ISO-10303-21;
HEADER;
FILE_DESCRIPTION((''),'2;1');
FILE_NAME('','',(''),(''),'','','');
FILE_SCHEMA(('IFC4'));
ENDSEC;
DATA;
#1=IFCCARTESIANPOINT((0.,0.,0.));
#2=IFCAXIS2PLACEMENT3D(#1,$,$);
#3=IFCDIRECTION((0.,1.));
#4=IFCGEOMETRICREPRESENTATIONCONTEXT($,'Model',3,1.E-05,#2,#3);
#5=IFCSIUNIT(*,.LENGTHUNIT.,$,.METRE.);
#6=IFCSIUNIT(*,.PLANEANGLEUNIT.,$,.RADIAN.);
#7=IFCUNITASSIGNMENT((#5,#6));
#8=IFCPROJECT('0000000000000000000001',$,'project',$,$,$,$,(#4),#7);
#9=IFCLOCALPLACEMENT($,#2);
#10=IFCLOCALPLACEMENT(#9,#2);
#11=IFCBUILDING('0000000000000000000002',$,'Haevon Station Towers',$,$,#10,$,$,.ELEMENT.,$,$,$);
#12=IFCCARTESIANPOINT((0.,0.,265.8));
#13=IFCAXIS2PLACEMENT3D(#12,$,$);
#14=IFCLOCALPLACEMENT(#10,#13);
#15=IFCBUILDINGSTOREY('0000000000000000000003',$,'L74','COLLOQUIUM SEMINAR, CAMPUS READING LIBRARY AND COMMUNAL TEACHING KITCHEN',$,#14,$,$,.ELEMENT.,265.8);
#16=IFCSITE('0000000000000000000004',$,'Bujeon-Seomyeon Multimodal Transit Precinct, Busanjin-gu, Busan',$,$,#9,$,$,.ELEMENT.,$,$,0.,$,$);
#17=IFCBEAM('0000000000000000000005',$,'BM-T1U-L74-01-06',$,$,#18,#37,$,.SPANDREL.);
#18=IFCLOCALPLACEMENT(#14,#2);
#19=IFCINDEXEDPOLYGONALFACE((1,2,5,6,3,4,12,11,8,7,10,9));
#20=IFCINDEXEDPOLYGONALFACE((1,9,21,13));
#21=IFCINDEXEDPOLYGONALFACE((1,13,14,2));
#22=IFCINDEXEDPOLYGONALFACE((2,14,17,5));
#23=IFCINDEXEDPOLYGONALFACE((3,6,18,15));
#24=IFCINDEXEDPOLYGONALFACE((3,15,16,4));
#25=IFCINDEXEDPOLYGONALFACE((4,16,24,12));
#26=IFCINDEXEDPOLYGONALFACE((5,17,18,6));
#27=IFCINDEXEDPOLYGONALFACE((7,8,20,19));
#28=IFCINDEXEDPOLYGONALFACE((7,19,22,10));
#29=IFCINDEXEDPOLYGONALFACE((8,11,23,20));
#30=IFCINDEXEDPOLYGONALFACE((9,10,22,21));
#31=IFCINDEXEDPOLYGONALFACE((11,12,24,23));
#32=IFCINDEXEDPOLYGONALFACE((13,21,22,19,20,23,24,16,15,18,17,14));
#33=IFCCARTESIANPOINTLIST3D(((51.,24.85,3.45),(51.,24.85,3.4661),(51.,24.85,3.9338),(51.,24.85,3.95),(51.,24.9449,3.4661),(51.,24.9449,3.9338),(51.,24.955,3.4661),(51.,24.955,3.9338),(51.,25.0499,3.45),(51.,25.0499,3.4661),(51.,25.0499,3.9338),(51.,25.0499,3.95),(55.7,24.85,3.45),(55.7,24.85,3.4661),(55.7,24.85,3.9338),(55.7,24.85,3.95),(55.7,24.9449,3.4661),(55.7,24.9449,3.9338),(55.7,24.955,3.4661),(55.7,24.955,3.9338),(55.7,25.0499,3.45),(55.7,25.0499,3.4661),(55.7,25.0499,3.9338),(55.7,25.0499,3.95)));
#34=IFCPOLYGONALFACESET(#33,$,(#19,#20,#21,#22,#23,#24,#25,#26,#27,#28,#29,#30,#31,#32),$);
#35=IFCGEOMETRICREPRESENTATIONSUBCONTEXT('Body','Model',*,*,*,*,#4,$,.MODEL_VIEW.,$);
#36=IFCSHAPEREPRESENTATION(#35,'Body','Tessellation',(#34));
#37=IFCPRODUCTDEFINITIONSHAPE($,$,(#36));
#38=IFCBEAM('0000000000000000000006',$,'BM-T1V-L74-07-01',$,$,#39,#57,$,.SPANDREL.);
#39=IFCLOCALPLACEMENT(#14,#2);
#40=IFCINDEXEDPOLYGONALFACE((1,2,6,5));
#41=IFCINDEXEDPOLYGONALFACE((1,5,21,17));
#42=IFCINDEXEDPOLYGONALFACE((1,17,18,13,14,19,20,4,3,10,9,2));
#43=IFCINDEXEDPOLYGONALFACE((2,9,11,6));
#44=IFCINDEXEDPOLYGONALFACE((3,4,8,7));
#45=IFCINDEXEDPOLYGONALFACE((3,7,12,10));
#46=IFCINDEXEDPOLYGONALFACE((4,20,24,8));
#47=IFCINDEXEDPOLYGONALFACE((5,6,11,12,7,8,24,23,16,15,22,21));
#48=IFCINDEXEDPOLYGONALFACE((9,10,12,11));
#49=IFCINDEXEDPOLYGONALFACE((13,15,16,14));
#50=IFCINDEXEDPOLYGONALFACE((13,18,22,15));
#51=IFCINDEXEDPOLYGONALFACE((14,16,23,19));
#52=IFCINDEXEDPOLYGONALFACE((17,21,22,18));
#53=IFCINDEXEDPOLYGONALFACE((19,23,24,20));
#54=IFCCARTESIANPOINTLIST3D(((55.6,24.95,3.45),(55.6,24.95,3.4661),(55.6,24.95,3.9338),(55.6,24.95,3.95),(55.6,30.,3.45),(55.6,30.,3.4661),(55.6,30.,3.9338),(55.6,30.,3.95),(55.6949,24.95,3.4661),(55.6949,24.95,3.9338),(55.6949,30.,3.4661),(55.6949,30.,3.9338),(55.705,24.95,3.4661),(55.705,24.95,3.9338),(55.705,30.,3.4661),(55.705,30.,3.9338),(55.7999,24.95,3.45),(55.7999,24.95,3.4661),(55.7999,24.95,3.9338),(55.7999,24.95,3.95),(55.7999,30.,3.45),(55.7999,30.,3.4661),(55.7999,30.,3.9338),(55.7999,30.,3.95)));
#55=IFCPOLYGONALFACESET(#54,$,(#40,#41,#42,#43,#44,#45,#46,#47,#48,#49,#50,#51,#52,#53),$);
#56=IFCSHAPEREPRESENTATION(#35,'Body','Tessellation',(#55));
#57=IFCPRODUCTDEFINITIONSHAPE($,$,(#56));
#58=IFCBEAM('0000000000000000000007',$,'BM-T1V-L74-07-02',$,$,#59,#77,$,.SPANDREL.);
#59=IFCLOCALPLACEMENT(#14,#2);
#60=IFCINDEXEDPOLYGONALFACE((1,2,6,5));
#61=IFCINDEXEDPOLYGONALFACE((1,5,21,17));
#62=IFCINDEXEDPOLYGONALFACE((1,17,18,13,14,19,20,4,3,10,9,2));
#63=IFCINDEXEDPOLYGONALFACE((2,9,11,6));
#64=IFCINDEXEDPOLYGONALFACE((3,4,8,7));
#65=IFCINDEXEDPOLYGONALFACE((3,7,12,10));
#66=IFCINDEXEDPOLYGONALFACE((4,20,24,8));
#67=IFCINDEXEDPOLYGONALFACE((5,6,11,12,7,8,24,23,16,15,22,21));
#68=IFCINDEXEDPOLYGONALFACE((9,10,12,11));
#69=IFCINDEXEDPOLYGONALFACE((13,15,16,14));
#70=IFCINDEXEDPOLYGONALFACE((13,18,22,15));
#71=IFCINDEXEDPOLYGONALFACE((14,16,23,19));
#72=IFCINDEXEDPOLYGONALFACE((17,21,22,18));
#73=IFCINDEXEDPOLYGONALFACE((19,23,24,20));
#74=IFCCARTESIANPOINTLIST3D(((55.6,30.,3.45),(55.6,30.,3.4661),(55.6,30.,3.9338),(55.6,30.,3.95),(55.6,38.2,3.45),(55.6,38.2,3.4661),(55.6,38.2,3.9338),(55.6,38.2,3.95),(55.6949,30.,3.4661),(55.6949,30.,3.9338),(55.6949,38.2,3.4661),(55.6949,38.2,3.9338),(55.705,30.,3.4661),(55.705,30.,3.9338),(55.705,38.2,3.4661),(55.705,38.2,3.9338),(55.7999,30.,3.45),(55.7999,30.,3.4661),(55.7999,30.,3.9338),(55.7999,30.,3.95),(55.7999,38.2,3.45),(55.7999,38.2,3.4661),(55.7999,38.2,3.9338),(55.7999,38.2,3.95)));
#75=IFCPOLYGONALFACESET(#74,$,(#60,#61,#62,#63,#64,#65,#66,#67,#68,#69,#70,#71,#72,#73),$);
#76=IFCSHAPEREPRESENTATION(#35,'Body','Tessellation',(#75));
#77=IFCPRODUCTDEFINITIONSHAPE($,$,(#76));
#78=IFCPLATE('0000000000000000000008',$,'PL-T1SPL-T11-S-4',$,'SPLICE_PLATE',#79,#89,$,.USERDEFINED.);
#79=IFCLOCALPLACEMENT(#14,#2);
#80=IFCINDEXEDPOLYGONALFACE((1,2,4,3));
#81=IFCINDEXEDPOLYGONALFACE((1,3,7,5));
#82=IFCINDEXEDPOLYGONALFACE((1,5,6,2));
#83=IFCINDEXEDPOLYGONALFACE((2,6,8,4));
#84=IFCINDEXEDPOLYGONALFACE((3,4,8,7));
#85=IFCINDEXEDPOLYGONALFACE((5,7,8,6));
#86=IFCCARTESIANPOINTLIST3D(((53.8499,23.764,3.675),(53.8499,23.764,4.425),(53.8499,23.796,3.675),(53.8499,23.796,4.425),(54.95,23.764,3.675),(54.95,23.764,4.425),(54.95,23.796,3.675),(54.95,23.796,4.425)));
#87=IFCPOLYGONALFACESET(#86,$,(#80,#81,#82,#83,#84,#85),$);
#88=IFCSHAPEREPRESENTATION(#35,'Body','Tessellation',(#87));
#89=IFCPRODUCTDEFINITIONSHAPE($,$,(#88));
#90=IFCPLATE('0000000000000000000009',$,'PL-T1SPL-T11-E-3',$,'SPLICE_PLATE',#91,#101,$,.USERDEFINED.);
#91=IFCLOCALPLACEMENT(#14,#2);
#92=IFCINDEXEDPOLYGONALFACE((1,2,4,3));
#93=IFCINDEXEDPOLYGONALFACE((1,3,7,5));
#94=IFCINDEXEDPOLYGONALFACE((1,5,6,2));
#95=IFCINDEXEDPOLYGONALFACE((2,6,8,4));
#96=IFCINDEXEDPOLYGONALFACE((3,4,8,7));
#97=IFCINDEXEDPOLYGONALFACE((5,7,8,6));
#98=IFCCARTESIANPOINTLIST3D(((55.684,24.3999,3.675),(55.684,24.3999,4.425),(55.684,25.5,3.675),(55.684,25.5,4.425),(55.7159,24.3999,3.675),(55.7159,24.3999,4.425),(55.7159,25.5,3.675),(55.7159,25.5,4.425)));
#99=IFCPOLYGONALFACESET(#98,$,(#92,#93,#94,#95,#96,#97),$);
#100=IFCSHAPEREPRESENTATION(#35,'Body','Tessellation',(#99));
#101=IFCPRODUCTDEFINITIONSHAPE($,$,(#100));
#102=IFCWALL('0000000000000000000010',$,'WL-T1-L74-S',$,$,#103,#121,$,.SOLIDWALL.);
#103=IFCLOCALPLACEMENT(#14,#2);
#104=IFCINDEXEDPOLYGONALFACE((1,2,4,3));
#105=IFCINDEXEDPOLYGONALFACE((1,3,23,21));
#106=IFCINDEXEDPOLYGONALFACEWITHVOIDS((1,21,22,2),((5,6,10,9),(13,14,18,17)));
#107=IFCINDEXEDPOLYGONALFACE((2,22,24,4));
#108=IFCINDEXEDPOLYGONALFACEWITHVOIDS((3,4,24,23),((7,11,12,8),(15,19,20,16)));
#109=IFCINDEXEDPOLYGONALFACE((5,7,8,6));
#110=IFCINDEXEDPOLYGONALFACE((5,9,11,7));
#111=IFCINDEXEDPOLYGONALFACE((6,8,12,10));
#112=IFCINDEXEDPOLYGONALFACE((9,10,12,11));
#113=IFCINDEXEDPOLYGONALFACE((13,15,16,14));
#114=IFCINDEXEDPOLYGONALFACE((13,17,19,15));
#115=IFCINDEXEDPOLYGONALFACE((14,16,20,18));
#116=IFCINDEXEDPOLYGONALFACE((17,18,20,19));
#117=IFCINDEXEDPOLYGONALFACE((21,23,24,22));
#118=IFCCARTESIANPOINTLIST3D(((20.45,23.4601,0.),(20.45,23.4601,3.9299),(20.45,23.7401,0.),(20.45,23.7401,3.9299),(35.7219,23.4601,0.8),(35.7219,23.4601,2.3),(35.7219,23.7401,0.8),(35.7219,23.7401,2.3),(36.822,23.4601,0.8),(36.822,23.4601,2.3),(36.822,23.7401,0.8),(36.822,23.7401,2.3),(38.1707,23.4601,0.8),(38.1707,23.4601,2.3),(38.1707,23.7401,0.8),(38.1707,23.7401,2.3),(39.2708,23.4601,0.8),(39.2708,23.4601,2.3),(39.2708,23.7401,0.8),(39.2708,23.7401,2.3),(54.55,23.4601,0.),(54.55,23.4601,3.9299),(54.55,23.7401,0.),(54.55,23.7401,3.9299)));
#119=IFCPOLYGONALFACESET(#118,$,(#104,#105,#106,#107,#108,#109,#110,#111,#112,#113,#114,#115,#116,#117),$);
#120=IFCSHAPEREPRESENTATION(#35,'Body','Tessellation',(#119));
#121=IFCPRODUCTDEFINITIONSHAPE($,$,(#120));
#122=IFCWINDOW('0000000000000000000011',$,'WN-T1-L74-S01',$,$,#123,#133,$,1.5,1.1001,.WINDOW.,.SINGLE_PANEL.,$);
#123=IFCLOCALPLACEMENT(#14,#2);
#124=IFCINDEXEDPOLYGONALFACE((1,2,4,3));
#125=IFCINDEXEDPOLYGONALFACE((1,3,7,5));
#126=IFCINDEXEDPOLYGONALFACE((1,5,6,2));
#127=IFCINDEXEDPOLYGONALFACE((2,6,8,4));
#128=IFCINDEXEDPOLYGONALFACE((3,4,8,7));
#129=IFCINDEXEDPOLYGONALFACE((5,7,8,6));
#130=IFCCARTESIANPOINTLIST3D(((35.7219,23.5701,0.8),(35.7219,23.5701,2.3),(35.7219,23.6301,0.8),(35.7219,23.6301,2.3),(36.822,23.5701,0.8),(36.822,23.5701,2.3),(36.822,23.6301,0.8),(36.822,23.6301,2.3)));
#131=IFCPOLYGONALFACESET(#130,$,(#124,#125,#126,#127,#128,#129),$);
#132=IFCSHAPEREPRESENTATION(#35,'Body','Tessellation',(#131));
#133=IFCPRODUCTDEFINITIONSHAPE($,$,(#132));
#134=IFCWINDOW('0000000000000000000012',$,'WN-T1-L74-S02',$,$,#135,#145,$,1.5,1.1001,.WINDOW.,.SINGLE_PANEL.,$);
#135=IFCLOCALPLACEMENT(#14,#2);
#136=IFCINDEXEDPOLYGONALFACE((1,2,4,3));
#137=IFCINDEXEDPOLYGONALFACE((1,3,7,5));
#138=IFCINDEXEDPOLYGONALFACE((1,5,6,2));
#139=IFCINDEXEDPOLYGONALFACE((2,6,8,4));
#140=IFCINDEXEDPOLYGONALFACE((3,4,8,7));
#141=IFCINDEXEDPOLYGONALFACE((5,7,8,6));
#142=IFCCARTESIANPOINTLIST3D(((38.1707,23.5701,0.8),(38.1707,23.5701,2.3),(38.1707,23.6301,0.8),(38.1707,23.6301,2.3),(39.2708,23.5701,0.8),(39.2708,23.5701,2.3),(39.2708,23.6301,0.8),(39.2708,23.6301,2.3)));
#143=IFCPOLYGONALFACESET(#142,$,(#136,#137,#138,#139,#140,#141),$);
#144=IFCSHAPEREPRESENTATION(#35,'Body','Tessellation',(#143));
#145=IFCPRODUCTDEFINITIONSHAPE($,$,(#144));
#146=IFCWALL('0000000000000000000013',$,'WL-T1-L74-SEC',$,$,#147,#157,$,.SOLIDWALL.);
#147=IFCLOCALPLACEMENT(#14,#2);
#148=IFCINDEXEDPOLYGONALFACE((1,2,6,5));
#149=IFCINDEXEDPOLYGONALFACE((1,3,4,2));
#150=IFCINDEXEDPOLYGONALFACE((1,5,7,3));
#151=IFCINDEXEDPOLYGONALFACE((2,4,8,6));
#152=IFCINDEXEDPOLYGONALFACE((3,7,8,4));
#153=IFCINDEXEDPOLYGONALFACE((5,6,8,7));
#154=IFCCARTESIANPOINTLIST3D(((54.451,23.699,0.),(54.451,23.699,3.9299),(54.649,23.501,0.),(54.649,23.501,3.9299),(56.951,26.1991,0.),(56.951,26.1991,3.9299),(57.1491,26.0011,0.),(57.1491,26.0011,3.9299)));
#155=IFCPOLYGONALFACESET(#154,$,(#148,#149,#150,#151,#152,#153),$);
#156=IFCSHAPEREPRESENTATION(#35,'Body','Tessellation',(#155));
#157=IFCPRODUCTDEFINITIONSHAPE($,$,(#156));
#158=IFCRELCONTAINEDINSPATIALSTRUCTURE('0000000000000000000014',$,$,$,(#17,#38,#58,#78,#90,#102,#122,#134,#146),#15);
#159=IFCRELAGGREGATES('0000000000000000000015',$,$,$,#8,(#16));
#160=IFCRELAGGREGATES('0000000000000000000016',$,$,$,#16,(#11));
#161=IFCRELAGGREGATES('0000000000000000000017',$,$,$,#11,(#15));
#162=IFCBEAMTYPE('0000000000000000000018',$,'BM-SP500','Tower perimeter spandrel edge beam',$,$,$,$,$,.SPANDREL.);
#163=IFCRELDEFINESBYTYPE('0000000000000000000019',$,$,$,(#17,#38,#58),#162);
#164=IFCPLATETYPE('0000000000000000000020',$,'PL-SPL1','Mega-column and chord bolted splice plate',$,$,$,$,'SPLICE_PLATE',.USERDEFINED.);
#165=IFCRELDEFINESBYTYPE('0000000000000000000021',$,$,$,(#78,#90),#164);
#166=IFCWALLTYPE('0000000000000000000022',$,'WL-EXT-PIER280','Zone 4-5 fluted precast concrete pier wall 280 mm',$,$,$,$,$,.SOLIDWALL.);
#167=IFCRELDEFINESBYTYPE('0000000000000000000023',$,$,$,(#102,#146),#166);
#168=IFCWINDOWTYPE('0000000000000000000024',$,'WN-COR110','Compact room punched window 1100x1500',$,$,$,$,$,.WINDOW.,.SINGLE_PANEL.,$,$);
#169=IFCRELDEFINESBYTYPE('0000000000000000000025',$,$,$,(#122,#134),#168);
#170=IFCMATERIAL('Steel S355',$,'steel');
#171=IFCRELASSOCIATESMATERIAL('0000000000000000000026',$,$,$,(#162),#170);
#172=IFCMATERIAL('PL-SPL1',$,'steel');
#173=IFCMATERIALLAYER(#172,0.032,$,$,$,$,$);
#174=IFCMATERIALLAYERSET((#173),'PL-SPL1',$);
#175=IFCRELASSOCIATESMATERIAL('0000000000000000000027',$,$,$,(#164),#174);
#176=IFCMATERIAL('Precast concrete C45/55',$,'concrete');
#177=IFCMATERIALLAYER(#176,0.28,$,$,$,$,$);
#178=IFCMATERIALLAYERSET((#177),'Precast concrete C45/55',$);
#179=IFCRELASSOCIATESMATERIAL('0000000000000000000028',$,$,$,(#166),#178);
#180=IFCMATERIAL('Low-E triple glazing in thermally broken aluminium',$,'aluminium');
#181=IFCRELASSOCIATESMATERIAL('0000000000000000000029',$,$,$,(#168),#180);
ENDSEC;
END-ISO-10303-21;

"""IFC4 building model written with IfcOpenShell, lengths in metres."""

from ifc_helpers import new_model, si_unit, direction, frame, frame_2d, origin, origin_2d, place, context, subcontext, project, spatial, rectangle, i_section, extrude, material, layer, layer_set, material_profile, profile_set, type_object, element, fill, save


model = new_model("IFC4")

# Units and contexts
model_context = context("Model", 3, precision=1e-05, world=origin(), true_north=direction((0.0, 1.0)))
body_context = subcontext(model_context, "Body", "Model", "MODEL_VIEW")
ifc_project = project(units=[si_unit("LENGTHUNIT", "METRE"), si_unit("PLANEANGLEUNIT", "RADIAN")], contexts=[model_context])

# Site, building, storey
site_placement = place(None, origin())
site = spatial("IfcSite", under=ifc_project, at=site_placement, Name="Bujeon-Seomyeon Multimodal Transit Precinct, Busanjin-gu, Busan", CompositionType="ELEMENT", RefElevation=0.0)
building_placement = place(site_placement, origin())
building = spatial("IfcBuilding", under=site, at=building_placement, Name="Haevon Station Towers", CompositionType="ELEMENT")
storey_placement = place(building_placement, frame((0.0, 0.0, 265.8)))
storey = spatial("IfcBuildingStorey", under=building, at=storey_placement, Name="L74", Description="COLLOQUIUM SEMINAR, CAMPUS READING LIBRARY AND COMMUNAL TEACHING KITCHEN", CompositionType="ELEMENT", Elevation=265.8)

# Shared definitions
ifc_material_1 = material(Name="Steel S355", Category="steel")

# Beams
ifc_material_profile_1 = material_profile(ifc_material_1, i_section(OverallWidth=0.2, OverallDepth=0.5, WebThickness=0.01, FlangeThickness=0.0161, at=origin_2d()), Name="H-500x200x10x16")
ifc_profile_set_1 = profile_set([ifc_material_profile_1], Name="Steel S355")
beam_type_1 = type_object("IfcBeamType", Name="BM-SP500", Description="Tower perimeter spandrel edge beam", PredefinedType="SPANDREL", material=ifc_profile_set_1)
beam_1_placement = place(storey_placement, frame((51.0, 24.95, 3.7), z_axis=(1.0, 0.0, 0.0), x_axis=(0.0, 1.0, 0.0)))
element("IfcBeam", 1, at=beam_1_placement, inside=storey, type_object=beam_type_1, Name="BM-T1U-L74-01-06", PredefinedType="SPANDREL", context=body_context, shape_type="SweptSolid", body=[
    extrude(i_section(OverallWidth=0.2, OverallDepth=0.5, WebThickness=0.01, FlangeThickness=0.0161, at=origin_2d()), origin(), (0.0, 0.0, 1.0), 4.7),
])
beam_2_placement = place(storey_placement, frame((55.7, 24.95, 3.7), z_axis=(0.0, 1.0, 0.0), x_axis=(-1.0, 0.0, 0.0)))
element("IfcBeam", 2, at=beam_2_placement, inside=storey, type_object=beam_type_1, Name="BM-T1V-L74-07-01", PredefinedType="SPANDREL", context=body_context, shape_type="SweptSolid", body=[
    extrude(i_section(OverallWidth=0.2, OverallDepth=0.5, WebThickness=0.01, FlangeThickness=0.0161, at=origin_2d()), origin(), (0.0, 0.0, 1.0), 5.05),
])
beam_3_placement = place(storey_placement, frame((55.7, 30.0, 3.7), z_axis=(0.0, 1.0, 0.0), x_axis=(-1.0, 0.0, 0.0)))
element("IfcBeam", 3, at=beam_3_placement, inside=storey, type_object=beam_type_1, Name="BM-T1V-L74-07-02", PredefinedType="SPANDREL", context=body_context, shape_type="SweptSolid", body=[
    extrude(i_section(OverallWidth=0.2, OverallDepth=0.5, WebThickness=0.01, FlangeThickness=0.0161, at=origin_2d()), origin(), (0.0, 0.0, 1.0), 8.2),
])

# Plates
ifc_material_2 = material(Name="PL-SPL1", Category="steel")
ifc_layer_1 = layer(ifc_material_2, 0.032)
ifc_layer_set_1 = layer_set([ifc_layer_1], Name="PL-SPL1")
plate_type = type_object("IfcPlateType", Name="PL-SPL1", Description="Mega-column and chord bolted splice plate", ElementType="SPLICE_PLATE", PredefinedType="USERDEFINED", material=ifc_layer_set_1)
for number, where, z_axis, x_axis, name in (
    (4, (54.3999, 23.78, 3.675), (0.0, 0.0, 1.0), (1.0, 0.0, 0.0), "PL-T1SPL-T11-S-4"),
    (5, (55.7, 24.95, 3.675), (0.0, 0.0, 1.0), (0.0, 1.0, 0.0), "PL-T1SPL-T11-E-3"),
):
    element("IfcPlate", number, at=place(storey_placement, frame(where, z_axis=z_axis, x_axis=x_axis)), inside=storey, type_object=plate_type, Name=name, ObjectType="SPLICE_PLATE", PredefinedType="USERDEFINED", context=body_context, shape_type="SweptSolid", body=[
        extrude(rectangle(XDim=1.1001, YDim=0.032, at=origin_2d()), origin(), (0.0, 0.0, 1.0), 0.75),
    ])

# Wall, openings, windows
ifc_material_3 = material(Name="Precast concrete C45/55", Category="concrete")
ifc_layer_2 = layer(ifc_material_3, 0.28)
ifc_layer_set_2 = layer_set([ifc_layer_2], Name="Precast concrete C45/55")
wall_type_1 = type_object("IfcWallType", Name="WL-EXT-PIER280", Description="Zone 4-5 fluted precast concrete pier wall 280 mm", PredefinedType="SOLIDWALL", material=ifc_layer_set_2)
wall_1_placement = place(storey_placement, frame((54.55, 23.6001, 0.0), z_axis=(0.0, 0.0, 1.0), x_axis=(-1.0, 0.0, 0.0)))
wall_1 = element("IfcWall", 6, at=wall_1_placement, inside=storey, type_object=wall_type_1, Name="WL-T1-L74-S", PredefinedType="SOLIDWALL", context=body_context, shape_type="SweptSolid", body=[
    extrude(rectangle(XDim=34.1001, YDim=0.28, at=frame_2d((17.05, 0.0))), origin(), (0.0, 0.0, 1.0), 3.9299),
])
opening_1_placement = place(wall_1_placement, frame((17.728, 0.0, 0.8)))
opening_1 = element("IfcOpeningElement", 7, at=opening_1_placement, cuts=wall_1, PredefinedType="OPENING", context=body_context, shape_type="SweptSolid", body=[
    extrude(rectangle(XDim=1.1001, YDim=1.5, at=frame_2d((0.55, 0.75))), frame((0.0, 0.1499, 0.0), z_axis=(0.0, -1.0, 0.0), x_axis=(1.0, 0.0, 0.0)), (0.0, 0.0, 1.0), 0.3),
])
opening_2_placement = place(wall_1_placement, frame((15.2793, 0.0, 0.8)))
opening_2 = element("IfcOpeningElement", 8, at=opening_2_placement, cuts=wall_1, PredefinedType="OPENING", context=body_context, shape_type="SweptSolid", body=[
    extrude(rectangle(XDim=1.1001, YDim=1.5, at=frame_2d((0.55, 0.75))), frame((0.0, 0.1499, 0.0), z_axis=(0.0, -1.0, 0.0), x_axis=(1.0, 0.0, 0.0)), (0.0, 0.0, 1.0), 0.3),
])
ifc_material_4 = material(Name="Low-E triple glazing in thermally broken aluminium", Category="aluminium")
window_type = type_object("IfcWindowType", Name="WN-COR110", Description="Compact room punched window 1100x1500", PartitioningType="SINGLE_PANEL", PredefinedType="WINDOW", material=ifc_material_4)
window_1_placement = place(opening_1_placement, origin())
window_1 = element("IfcWindow", 9, at=window_1_placement, inside=storey, type_object=window_type, Name="WN-T1-L74-S01", OverallHeight=1.5, OverallWidth=1.1001, PartitioningType="SINGLE_PANEL", PredefinedType="WINDOW", context=body_context, shape_type="SweptSolid", body=[
    extrude(rectangle(XDim=1.1001, YDim=1.5, at=frame_2d((0.55, 0.75))), frame((0.0, 0.03, 0.0), z_axis=(0.0, -1.0, 0.0), x_axis=(1.0, 0.0, 0.0)), (0.0, 0.0, 1.0), 0.0601),
])
fill(opening_1, window_1)
window_2_placement = place(opening_2_placement, origin())
window_2 = element("IfcWindow", 10, at=window_2_placement, inside=storey, type_object=window_type, Name="WN-T1-L74-S02", OverallHeight=1.5, OverallWidth=1.1001, PartitioningType="SINGLE_PANEL", PredefinedType="WINDOW", context=body_context, shape_type="SweptSolid", body=[
    extrude(rectangle(XDim=1.1001, YDim=1.5, at=frame_2d((0.55, 0.75))), frame((0.0, 0.03, 0.0), z_axis=(0.0, -1.0, 0.0), x_axis=(1.0, 0.0, 0.0)), (0.0, 0.0, 1.0), 0.0601),
])
fill(opening_2, window_2)

# Wall
wall_2_placement = place(storey_placement, frame((57.05, 26.1001, 0.0), z_axis=(0.0, 0.0, 1.0), x_axis=(-0.707107, -0.707107, 0.0)))
element("IfcWall", 11, at=wall_2_placement, inside=storey, type_object=wall_type_1, Name="WL-T1-L74-SEC", PredefinedType="SOLIDWALL", context=body_context, shape_type="SweptSolid", body=[
    extrude(rectangle(XDim=3.5356, YDim=0.28, at=frame_2d((1.7678, 0.0))), origin(), (0.0, 0.0, 1.0), 3.9299),
])

save(model, "model.ifc")
